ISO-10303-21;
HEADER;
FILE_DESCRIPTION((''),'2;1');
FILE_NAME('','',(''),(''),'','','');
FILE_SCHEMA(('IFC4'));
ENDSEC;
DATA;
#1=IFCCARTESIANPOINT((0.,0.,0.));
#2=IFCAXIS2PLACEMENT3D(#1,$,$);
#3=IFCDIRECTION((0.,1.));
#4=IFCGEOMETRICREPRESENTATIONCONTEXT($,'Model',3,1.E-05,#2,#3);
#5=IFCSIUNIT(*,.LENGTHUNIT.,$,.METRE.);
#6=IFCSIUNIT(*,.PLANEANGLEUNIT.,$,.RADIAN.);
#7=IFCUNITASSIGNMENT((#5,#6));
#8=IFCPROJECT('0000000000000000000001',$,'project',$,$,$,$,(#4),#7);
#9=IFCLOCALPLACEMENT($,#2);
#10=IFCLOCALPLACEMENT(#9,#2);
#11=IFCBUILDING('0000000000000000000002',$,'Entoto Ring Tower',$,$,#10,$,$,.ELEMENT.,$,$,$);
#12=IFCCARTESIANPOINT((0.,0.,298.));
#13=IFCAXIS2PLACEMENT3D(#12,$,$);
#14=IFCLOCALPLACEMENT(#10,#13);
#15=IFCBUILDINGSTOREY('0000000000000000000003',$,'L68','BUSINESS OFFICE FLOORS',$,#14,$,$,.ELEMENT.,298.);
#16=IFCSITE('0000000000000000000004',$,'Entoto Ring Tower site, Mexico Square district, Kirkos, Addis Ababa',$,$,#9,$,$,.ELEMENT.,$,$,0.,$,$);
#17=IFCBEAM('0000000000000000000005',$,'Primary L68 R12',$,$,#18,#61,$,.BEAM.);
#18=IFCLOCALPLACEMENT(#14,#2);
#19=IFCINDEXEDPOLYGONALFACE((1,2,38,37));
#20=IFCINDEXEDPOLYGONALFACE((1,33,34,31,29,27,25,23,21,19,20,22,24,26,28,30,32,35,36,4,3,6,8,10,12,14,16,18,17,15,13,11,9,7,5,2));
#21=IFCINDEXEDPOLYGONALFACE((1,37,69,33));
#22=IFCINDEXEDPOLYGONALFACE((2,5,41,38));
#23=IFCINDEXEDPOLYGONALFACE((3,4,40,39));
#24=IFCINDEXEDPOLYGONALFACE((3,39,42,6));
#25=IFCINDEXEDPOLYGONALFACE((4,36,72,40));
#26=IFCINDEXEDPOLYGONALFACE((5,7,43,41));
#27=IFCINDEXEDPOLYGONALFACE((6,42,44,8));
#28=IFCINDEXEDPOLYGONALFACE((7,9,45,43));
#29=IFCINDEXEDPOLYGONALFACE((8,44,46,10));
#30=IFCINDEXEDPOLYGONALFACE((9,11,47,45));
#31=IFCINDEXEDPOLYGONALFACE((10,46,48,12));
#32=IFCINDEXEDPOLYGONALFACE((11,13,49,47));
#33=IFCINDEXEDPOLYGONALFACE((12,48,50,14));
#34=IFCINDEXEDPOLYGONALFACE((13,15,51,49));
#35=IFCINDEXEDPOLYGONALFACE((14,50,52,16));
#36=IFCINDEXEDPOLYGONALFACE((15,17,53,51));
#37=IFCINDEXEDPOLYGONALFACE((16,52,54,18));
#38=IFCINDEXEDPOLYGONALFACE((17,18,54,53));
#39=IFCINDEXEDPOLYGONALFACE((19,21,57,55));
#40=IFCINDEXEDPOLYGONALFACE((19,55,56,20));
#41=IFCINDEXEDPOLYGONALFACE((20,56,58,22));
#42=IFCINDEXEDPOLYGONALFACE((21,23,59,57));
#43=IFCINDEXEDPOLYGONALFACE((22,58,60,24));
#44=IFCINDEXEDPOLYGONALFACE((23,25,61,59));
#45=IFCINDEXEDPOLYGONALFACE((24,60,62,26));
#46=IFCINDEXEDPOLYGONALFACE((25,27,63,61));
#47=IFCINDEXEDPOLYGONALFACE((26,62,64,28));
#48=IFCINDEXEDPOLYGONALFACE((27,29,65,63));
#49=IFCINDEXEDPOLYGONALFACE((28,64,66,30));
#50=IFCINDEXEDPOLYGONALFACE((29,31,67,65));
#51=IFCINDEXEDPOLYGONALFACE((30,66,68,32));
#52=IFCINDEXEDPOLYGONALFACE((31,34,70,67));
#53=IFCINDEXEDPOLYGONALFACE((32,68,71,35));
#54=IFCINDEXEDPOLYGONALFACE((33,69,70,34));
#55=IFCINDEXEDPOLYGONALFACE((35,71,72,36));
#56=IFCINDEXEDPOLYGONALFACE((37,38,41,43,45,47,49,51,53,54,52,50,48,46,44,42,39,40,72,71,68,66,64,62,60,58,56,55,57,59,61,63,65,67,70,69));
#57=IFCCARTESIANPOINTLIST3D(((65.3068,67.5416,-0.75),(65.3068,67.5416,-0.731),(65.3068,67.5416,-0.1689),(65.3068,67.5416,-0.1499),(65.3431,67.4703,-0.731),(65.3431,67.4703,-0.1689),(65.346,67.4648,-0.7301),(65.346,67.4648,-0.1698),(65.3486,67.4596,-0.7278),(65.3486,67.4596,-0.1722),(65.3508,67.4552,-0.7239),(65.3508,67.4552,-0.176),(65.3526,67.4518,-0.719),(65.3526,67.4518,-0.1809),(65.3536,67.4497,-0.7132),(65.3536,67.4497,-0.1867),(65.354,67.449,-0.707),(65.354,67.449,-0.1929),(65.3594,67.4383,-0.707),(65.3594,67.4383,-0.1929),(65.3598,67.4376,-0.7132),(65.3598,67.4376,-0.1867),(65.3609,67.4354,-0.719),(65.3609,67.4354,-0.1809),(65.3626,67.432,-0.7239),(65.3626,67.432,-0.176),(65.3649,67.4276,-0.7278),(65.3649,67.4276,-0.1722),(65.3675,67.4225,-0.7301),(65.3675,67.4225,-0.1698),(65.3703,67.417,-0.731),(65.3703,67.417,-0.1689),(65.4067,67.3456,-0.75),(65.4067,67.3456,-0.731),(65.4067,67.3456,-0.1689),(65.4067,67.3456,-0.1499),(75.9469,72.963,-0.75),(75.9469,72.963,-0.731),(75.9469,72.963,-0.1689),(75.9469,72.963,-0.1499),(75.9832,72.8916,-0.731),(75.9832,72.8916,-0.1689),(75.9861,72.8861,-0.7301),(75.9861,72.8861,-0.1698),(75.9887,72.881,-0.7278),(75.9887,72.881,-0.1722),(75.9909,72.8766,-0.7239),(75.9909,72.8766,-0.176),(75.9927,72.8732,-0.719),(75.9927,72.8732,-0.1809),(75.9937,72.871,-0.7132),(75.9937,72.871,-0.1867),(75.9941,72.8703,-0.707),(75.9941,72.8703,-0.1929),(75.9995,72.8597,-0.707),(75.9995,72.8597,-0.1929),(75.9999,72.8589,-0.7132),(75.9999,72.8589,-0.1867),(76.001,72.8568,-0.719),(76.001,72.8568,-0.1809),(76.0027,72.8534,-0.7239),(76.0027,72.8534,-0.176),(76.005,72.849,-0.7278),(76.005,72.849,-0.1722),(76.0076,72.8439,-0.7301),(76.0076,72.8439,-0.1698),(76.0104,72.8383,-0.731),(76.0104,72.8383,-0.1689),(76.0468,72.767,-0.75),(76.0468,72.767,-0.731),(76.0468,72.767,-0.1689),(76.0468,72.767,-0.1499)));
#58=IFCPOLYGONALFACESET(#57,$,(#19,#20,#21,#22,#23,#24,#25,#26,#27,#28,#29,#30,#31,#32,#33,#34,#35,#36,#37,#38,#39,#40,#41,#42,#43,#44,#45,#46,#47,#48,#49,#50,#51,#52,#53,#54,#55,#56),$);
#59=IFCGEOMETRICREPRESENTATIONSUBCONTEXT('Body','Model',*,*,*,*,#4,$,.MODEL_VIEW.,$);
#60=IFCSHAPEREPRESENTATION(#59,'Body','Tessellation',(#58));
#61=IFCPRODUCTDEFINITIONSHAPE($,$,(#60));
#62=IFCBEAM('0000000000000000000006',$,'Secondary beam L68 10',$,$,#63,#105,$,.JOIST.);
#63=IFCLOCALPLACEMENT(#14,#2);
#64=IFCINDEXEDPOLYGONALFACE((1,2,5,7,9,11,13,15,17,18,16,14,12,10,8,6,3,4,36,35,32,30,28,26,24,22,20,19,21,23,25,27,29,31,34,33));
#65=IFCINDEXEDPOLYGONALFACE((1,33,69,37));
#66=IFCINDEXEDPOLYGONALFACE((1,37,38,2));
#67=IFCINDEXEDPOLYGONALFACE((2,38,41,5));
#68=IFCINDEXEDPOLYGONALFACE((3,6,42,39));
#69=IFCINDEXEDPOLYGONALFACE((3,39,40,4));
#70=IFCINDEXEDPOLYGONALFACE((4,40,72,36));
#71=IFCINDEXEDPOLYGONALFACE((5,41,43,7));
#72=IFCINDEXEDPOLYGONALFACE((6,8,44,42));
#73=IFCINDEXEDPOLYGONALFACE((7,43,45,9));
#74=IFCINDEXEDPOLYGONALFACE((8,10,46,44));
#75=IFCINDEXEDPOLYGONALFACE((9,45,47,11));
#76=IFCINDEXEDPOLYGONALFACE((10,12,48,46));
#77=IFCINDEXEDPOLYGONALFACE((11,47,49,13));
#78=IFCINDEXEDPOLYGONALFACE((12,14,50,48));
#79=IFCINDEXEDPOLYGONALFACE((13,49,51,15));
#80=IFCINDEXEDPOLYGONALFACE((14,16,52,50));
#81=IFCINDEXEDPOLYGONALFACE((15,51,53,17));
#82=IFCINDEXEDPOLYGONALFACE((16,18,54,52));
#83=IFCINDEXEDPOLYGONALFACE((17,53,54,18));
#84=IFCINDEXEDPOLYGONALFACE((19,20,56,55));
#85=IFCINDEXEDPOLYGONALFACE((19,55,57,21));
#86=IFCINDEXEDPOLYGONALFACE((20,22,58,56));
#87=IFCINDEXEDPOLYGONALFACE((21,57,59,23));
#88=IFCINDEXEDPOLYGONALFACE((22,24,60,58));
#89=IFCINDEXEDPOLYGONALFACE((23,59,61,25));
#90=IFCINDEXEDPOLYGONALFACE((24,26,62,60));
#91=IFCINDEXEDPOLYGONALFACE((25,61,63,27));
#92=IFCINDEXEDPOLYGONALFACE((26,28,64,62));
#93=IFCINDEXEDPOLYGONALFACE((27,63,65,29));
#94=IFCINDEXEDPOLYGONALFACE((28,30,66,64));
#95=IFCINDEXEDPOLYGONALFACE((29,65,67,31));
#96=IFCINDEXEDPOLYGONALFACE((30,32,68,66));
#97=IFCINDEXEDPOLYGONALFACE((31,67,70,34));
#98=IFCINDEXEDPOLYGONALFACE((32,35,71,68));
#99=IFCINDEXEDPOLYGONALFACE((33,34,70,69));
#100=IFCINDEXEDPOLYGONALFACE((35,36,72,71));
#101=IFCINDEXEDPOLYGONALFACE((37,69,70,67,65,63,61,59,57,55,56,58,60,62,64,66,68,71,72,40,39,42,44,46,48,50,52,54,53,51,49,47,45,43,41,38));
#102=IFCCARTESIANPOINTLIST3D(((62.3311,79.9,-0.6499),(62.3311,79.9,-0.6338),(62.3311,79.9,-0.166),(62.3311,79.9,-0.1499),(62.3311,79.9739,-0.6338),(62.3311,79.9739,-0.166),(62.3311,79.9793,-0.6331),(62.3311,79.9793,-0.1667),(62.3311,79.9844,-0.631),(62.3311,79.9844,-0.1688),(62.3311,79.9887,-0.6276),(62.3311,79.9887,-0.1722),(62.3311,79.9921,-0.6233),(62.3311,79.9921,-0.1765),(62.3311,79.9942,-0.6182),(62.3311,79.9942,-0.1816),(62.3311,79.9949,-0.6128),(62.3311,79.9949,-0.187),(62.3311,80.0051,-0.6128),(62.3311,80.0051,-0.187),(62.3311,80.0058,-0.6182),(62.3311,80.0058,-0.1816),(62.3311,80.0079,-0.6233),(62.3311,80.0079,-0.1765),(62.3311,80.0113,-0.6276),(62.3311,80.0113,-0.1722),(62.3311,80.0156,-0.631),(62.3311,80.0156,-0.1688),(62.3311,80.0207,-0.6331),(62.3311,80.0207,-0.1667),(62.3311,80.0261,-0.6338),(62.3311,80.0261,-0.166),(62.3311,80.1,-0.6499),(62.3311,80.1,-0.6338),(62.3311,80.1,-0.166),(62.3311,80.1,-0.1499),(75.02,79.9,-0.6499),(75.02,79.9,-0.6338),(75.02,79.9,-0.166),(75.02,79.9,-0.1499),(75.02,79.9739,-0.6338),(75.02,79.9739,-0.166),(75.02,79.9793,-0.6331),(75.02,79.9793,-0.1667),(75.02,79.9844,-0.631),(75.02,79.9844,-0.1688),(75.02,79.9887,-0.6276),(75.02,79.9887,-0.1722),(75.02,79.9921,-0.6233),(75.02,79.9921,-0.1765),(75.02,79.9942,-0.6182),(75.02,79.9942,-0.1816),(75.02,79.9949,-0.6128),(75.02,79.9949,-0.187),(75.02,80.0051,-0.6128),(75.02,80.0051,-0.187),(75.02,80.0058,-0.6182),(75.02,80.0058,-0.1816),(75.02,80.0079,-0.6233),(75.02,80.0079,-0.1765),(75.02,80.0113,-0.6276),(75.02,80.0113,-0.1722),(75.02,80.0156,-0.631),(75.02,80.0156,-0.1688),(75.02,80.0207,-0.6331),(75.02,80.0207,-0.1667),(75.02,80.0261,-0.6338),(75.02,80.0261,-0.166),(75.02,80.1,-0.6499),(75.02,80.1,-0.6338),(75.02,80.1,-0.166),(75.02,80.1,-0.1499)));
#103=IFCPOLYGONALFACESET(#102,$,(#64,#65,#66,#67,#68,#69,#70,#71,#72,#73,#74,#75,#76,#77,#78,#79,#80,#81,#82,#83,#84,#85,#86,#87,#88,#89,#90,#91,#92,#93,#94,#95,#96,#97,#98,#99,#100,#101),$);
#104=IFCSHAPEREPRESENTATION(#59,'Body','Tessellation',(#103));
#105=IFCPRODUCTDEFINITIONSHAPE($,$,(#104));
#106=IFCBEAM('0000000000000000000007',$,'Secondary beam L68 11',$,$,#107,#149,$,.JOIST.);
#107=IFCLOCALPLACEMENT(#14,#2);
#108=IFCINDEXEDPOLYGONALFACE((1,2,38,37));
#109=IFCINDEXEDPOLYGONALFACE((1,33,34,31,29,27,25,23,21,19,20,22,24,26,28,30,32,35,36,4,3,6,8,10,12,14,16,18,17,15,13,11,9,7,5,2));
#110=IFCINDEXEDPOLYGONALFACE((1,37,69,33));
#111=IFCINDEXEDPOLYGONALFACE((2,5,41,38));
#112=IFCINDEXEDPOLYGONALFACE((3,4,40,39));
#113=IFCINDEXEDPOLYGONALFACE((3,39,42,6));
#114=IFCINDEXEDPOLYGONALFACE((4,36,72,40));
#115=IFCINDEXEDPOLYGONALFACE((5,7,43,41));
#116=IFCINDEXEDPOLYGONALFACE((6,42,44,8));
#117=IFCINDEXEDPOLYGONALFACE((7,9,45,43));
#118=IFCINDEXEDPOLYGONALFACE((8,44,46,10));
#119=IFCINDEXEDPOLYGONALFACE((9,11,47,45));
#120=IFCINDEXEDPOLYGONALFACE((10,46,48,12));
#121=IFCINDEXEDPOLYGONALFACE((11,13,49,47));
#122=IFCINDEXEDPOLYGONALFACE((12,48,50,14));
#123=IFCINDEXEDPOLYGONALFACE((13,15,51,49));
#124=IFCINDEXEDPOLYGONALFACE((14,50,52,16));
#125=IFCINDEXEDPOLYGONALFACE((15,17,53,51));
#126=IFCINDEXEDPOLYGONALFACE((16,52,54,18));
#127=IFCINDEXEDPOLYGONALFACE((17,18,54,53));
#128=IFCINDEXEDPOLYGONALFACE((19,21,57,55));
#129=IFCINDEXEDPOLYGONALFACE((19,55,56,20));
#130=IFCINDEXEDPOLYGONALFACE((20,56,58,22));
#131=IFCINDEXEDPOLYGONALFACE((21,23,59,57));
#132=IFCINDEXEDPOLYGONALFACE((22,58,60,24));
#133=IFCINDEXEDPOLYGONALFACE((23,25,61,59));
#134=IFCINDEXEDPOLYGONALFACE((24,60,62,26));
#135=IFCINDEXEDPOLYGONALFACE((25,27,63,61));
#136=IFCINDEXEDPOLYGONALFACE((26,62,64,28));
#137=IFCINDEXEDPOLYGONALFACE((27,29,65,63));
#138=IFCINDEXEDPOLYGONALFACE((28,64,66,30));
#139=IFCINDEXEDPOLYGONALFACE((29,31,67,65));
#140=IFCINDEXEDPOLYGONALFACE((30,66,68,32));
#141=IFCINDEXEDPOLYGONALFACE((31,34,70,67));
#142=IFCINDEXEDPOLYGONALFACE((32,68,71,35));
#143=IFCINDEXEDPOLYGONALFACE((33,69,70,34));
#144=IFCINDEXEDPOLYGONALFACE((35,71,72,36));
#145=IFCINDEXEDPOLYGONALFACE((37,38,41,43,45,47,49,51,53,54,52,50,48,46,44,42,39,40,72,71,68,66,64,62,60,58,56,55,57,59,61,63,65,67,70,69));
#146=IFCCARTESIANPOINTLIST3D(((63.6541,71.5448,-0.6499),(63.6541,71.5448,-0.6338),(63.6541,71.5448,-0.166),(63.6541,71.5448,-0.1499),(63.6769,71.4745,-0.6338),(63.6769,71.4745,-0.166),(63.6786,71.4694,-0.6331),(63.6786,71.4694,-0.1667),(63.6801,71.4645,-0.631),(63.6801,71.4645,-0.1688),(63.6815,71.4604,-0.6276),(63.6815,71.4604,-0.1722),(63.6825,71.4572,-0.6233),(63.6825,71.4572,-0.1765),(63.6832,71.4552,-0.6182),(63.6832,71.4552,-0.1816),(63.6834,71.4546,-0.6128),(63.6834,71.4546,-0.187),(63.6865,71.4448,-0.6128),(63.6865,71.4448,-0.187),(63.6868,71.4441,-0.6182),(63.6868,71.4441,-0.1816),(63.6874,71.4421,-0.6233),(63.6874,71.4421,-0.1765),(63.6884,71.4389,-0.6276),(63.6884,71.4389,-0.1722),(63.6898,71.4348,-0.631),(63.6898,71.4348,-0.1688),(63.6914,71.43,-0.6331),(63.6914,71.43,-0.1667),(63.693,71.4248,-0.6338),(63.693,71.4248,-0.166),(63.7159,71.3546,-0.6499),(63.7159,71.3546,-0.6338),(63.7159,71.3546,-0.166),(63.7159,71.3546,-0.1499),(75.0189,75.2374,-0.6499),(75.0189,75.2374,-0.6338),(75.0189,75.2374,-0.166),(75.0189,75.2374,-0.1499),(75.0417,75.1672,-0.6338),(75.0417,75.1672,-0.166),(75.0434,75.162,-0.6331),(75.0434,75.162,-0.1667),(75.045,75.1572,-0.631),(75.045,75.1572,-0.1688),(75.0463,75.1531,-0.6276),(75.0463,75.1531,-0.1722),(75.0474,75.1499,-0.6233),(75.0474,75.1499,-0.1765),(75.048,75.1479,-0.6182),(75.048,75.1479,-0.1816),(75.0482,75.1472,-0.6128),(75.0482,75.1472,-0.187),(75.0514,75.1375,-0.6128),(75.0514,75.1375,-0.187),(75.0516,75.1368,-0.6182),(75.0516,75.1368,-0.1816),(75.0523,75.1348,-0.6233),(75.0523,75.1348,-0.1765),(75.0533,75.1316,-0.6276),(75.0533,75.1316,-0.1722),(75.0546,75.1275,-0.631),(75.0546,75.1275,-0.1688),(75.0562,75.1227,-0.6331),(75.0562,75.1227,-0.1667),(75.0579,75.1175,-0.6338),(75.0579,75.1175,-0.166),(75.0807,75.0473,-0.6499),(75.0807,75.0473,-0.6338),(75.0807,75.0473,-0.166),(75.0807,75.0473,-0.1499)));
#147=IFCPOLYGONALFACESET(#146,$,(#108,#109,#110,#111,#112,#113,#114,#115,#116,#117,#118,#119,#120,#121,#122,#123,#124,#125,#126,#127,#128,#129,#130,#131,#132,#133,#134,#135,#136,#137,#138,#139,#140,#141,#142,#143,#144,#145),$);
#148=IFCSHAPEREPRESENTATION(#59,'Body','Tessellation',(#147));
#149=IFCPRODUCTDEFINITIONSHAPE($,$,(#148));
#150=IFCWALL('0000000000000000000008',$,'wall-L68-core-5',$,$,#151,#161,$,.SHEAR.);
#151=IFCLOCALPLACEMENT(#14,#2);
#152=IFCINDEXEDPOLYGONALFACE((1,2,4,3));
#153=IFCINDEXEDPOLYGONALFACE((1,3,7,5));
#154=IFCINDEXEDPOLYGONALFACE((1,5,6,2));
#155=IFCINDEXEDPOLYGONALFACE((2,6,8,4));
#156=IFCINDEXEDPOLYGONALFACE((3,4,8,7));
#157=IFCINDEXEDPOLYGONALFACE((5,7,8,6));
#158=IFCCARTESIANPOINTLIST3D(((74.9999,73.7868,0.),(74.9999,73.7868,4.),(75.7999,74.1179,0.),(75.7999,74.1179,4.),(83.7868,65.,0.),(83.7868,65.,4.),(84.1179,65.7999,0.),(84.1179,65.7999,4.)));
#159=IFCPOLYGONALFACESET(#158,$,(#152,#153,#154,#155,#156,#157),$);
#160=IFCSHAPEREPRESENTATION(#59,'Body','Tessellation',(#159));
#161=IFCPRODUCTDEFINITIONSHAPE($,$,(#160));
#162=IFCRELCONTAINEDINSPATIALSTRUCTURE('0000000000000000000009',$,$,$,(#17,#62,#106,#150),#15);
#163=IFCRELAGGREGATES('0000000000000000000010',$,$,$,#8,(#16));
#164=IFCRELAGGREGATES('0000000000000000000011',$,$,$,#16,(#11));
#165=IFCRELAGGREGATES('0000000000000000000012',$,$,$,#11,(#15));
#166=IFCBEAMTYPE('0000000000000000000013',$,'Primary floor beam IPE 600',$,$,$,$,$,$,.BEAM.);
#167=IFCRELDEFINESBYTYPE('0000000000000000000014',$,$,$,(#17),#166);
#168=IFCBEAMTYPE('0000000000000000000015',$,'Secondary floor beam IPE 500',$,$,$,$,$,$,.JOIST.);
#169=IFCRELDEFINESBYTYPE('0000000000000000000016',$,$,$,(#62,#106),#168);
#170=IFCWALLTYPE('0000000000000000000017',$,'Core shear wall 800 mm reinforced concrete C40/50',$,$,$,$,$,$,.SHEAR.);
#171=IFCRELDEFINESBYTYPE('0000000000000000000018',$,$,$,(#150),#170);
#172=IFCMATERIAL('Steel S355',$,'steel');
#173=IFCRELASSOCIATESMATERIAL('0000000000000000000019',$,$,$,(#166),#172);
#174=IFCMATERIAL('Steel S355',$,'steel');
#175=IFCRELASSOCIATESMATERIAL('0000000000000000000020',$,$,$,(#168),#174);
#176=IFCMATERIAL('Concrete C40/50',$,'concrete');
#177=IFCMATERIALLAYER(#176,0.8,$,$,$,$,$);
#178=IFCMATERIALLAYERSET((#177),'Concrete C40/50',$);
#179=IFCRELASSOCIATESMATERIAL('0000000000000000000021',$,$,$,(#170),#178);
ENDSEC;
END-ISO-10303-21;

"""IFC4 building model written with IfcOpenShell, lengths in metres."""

from ifc_helpers import new_model, si_unit, direction, frame, origin, origin_2d, place, context, subcontext, project, spatial, polyline, i_section, outline, extrude, material, layer, layer_set, material_profile, profile_set, type_object, element, save


model = new_model("IFC4")

# Units and contexts
model_context = context("Model", 3, precision=1e-05, world=origin(), true_north=direction((0.0, 1.0)))
body_context = subcontext(model_context, "Body", "Model", "MODEL_VIEW")
ifc_project = project(units=[si_unit("LENGTHUNIT", "METRE"), si_unit("PLANEANGLEUNIT", "RADIAN")], contexts=[model_context])

# Site, building, storey
site_placement = place(None, origin())
site = spatial("IfcSite", under=ifc_project, at=site_placement, Name="Entoto Ring Tower site, Mexico Square district, Kirkos, Addis Ababa", CompositionType="ELEMENT", RefElevation=0.0)
building_placement = place(site_placement, origin())
building = spatial("IfcBuilding", under=site, at=building_placement, Name="Entoto Ring Tower", CompositionType="ELEMENT")
storey_placement = place(building_placement, frame((0.0, 0.0, 298.0)))
storey = spatial("IfcBuildingStorey", under=building, at=storey_placement, Name="L68", Description="BUSINESS OFFICE FLOORS", CompositionType="ELEMENT", Elevation=298.0)

# Beams
ifc_material_1 = material(Name="Steel S355", Category="steel")
ifc_material_profile_1 = material_profile(ifc_material_1, i_section(OverallWidth=0.22, OverallDepth=0.6001, WebThickness=0.012, FlangeThickness=0.019, FilletRadius=0.0239, at=origin_2d()), Name="IPE 600")
ifc_profile_set_1 = profile_set([ifc_material_profile_1], Name="Steel S355")
beam_type_1 = type_object("IfcBeamType", Name="Primary floor beam IPE 600", PredefinedType="BEAM", material=ifc_profile_set_1)
beam_1_placement = place(storey_placement, frame((75.9968, 72.865, -0.45), z_axis=(-0.891008, -0.453988, 0.0), x_axis=(0.453988, -0.891008, 0.0)))
element("IfcBeam", 1, at=beam_1_placement, inside=storey, type_object=beam_type_1, Name="Primary L68 R12", PredefinedType="BEAM", context=body_context, shape_type="SweptSolid", body=[
    extrude(i_section(OverallWidth=0.22, OverallDepth=0.6001, WebThickness=0.012, FlangeThickness=0.019, FilletRadius=0.0239, at=origin_2d()), origin(), (0.0, 0.0, 1.0), 11.9417),
])
ifc_material_2 = material(Name="Steel S355", Category="steel")
ifc_material_profile_2 = material_profile(ifc_material_2, i_section(OverallWidth=0.2, OverallDepth=0.5, WebThickness=0.0103, FlangeThickness=0.0161, FilletRadius=0.021, at=origin_2d()), Name="IPE 500")
ifc_profile_set_2 = profile_set([ifc_material_profile_2], Name="Steel S355")
beam_type_2 = type_object("IfcBeamType", Name="Secondary floor beam IPE 500", PredefinedType="JOIST", material=ifc_profile_set_2)
beam_2_placement = place(storey_placement, frame((75.02, 80.0, -0.3999), z_axis=(-1.0, 0.0, 0.0), x_axis=(0.0, -1.0, 0.0)))
element("IfcBeam", 2, at=beam_2_placement, inside=storey, type_object=beam_type_2, Name="Secondary beam L68 10", PredefinedType="JOIST", context=body_context, shape_type="SweptSolid", body=[
    extrude(i_section(OverallWidth=0.2, OverallDepth=0.5, WebThickness=0.0103, FlangeThickness=0.0161, FilletRadius=0.021, at=origin_2d()), origin(), (0.0, 0.0, 1.0), 12.689),
])
beam_3_placement = place(storey_placement, frame((75.0498, 75.1423, -0.3999), z_axis=(-0.951057, -0.309017, 0.0), x_axis=(0.309017, -0.951057, 0.0)))
element("IfcBeam", 3, at=beam_3_placement, inside=storey, type_object=beam_type_2, Name="Secondary beam L68 11", PredefinedType="JOIST", context=body_context, shape_type="SweptSolid", body=[
    extrude(i_section(OverallWidth=0.2, OverallDepth=0.5, WebThickness=0.0103, FlangeThickness=0.0161, FilletRadius=0.021, at=origin_2d()), origin(), (0.0, 0.0, 1.0), 11.9497),
])

# Wall
ifc_material_3 = material(Name="Concrete C40/50", Category="concrete")
ifc_layer_1 = layer(ifc_material_3, 0.8)
ifc_layer_set_1 = layer_set([ifc_layer_1], Name="Concrete C40/50")
wall_type_1 = type_object("IfcWallType", Name="Core shear wall 800 mm reinforced concrete C40/50", PredefinedType="SHEAR", material=ifc_layer_set_1)
wall_1_placement = place(storey_placement, frame((75.3999, 73.9524, 0.0), z_axis=(0.0, 0.0, 1.0), x_axis=(0.707107, -0.707107, 0.0)))
element("IfcWall", 4, at=wall_1_placement, inside=storey, type_object=wall_type_1, Name="wall-L68-core-5", PredefinedType="SHEAR", context=body_context, shape_type="SweptSolid", body=[
    extrude(outline(polyline([(-0.1658, -0.3999), (12.2607, -0.3999), (11.9292, 0.3999), (0.1658, 0.3999), (-0.1658, -0.3999)])), origin(), (0.0, 0.0, 1.0), 4.0),
])

save(model, "model.ifc")
